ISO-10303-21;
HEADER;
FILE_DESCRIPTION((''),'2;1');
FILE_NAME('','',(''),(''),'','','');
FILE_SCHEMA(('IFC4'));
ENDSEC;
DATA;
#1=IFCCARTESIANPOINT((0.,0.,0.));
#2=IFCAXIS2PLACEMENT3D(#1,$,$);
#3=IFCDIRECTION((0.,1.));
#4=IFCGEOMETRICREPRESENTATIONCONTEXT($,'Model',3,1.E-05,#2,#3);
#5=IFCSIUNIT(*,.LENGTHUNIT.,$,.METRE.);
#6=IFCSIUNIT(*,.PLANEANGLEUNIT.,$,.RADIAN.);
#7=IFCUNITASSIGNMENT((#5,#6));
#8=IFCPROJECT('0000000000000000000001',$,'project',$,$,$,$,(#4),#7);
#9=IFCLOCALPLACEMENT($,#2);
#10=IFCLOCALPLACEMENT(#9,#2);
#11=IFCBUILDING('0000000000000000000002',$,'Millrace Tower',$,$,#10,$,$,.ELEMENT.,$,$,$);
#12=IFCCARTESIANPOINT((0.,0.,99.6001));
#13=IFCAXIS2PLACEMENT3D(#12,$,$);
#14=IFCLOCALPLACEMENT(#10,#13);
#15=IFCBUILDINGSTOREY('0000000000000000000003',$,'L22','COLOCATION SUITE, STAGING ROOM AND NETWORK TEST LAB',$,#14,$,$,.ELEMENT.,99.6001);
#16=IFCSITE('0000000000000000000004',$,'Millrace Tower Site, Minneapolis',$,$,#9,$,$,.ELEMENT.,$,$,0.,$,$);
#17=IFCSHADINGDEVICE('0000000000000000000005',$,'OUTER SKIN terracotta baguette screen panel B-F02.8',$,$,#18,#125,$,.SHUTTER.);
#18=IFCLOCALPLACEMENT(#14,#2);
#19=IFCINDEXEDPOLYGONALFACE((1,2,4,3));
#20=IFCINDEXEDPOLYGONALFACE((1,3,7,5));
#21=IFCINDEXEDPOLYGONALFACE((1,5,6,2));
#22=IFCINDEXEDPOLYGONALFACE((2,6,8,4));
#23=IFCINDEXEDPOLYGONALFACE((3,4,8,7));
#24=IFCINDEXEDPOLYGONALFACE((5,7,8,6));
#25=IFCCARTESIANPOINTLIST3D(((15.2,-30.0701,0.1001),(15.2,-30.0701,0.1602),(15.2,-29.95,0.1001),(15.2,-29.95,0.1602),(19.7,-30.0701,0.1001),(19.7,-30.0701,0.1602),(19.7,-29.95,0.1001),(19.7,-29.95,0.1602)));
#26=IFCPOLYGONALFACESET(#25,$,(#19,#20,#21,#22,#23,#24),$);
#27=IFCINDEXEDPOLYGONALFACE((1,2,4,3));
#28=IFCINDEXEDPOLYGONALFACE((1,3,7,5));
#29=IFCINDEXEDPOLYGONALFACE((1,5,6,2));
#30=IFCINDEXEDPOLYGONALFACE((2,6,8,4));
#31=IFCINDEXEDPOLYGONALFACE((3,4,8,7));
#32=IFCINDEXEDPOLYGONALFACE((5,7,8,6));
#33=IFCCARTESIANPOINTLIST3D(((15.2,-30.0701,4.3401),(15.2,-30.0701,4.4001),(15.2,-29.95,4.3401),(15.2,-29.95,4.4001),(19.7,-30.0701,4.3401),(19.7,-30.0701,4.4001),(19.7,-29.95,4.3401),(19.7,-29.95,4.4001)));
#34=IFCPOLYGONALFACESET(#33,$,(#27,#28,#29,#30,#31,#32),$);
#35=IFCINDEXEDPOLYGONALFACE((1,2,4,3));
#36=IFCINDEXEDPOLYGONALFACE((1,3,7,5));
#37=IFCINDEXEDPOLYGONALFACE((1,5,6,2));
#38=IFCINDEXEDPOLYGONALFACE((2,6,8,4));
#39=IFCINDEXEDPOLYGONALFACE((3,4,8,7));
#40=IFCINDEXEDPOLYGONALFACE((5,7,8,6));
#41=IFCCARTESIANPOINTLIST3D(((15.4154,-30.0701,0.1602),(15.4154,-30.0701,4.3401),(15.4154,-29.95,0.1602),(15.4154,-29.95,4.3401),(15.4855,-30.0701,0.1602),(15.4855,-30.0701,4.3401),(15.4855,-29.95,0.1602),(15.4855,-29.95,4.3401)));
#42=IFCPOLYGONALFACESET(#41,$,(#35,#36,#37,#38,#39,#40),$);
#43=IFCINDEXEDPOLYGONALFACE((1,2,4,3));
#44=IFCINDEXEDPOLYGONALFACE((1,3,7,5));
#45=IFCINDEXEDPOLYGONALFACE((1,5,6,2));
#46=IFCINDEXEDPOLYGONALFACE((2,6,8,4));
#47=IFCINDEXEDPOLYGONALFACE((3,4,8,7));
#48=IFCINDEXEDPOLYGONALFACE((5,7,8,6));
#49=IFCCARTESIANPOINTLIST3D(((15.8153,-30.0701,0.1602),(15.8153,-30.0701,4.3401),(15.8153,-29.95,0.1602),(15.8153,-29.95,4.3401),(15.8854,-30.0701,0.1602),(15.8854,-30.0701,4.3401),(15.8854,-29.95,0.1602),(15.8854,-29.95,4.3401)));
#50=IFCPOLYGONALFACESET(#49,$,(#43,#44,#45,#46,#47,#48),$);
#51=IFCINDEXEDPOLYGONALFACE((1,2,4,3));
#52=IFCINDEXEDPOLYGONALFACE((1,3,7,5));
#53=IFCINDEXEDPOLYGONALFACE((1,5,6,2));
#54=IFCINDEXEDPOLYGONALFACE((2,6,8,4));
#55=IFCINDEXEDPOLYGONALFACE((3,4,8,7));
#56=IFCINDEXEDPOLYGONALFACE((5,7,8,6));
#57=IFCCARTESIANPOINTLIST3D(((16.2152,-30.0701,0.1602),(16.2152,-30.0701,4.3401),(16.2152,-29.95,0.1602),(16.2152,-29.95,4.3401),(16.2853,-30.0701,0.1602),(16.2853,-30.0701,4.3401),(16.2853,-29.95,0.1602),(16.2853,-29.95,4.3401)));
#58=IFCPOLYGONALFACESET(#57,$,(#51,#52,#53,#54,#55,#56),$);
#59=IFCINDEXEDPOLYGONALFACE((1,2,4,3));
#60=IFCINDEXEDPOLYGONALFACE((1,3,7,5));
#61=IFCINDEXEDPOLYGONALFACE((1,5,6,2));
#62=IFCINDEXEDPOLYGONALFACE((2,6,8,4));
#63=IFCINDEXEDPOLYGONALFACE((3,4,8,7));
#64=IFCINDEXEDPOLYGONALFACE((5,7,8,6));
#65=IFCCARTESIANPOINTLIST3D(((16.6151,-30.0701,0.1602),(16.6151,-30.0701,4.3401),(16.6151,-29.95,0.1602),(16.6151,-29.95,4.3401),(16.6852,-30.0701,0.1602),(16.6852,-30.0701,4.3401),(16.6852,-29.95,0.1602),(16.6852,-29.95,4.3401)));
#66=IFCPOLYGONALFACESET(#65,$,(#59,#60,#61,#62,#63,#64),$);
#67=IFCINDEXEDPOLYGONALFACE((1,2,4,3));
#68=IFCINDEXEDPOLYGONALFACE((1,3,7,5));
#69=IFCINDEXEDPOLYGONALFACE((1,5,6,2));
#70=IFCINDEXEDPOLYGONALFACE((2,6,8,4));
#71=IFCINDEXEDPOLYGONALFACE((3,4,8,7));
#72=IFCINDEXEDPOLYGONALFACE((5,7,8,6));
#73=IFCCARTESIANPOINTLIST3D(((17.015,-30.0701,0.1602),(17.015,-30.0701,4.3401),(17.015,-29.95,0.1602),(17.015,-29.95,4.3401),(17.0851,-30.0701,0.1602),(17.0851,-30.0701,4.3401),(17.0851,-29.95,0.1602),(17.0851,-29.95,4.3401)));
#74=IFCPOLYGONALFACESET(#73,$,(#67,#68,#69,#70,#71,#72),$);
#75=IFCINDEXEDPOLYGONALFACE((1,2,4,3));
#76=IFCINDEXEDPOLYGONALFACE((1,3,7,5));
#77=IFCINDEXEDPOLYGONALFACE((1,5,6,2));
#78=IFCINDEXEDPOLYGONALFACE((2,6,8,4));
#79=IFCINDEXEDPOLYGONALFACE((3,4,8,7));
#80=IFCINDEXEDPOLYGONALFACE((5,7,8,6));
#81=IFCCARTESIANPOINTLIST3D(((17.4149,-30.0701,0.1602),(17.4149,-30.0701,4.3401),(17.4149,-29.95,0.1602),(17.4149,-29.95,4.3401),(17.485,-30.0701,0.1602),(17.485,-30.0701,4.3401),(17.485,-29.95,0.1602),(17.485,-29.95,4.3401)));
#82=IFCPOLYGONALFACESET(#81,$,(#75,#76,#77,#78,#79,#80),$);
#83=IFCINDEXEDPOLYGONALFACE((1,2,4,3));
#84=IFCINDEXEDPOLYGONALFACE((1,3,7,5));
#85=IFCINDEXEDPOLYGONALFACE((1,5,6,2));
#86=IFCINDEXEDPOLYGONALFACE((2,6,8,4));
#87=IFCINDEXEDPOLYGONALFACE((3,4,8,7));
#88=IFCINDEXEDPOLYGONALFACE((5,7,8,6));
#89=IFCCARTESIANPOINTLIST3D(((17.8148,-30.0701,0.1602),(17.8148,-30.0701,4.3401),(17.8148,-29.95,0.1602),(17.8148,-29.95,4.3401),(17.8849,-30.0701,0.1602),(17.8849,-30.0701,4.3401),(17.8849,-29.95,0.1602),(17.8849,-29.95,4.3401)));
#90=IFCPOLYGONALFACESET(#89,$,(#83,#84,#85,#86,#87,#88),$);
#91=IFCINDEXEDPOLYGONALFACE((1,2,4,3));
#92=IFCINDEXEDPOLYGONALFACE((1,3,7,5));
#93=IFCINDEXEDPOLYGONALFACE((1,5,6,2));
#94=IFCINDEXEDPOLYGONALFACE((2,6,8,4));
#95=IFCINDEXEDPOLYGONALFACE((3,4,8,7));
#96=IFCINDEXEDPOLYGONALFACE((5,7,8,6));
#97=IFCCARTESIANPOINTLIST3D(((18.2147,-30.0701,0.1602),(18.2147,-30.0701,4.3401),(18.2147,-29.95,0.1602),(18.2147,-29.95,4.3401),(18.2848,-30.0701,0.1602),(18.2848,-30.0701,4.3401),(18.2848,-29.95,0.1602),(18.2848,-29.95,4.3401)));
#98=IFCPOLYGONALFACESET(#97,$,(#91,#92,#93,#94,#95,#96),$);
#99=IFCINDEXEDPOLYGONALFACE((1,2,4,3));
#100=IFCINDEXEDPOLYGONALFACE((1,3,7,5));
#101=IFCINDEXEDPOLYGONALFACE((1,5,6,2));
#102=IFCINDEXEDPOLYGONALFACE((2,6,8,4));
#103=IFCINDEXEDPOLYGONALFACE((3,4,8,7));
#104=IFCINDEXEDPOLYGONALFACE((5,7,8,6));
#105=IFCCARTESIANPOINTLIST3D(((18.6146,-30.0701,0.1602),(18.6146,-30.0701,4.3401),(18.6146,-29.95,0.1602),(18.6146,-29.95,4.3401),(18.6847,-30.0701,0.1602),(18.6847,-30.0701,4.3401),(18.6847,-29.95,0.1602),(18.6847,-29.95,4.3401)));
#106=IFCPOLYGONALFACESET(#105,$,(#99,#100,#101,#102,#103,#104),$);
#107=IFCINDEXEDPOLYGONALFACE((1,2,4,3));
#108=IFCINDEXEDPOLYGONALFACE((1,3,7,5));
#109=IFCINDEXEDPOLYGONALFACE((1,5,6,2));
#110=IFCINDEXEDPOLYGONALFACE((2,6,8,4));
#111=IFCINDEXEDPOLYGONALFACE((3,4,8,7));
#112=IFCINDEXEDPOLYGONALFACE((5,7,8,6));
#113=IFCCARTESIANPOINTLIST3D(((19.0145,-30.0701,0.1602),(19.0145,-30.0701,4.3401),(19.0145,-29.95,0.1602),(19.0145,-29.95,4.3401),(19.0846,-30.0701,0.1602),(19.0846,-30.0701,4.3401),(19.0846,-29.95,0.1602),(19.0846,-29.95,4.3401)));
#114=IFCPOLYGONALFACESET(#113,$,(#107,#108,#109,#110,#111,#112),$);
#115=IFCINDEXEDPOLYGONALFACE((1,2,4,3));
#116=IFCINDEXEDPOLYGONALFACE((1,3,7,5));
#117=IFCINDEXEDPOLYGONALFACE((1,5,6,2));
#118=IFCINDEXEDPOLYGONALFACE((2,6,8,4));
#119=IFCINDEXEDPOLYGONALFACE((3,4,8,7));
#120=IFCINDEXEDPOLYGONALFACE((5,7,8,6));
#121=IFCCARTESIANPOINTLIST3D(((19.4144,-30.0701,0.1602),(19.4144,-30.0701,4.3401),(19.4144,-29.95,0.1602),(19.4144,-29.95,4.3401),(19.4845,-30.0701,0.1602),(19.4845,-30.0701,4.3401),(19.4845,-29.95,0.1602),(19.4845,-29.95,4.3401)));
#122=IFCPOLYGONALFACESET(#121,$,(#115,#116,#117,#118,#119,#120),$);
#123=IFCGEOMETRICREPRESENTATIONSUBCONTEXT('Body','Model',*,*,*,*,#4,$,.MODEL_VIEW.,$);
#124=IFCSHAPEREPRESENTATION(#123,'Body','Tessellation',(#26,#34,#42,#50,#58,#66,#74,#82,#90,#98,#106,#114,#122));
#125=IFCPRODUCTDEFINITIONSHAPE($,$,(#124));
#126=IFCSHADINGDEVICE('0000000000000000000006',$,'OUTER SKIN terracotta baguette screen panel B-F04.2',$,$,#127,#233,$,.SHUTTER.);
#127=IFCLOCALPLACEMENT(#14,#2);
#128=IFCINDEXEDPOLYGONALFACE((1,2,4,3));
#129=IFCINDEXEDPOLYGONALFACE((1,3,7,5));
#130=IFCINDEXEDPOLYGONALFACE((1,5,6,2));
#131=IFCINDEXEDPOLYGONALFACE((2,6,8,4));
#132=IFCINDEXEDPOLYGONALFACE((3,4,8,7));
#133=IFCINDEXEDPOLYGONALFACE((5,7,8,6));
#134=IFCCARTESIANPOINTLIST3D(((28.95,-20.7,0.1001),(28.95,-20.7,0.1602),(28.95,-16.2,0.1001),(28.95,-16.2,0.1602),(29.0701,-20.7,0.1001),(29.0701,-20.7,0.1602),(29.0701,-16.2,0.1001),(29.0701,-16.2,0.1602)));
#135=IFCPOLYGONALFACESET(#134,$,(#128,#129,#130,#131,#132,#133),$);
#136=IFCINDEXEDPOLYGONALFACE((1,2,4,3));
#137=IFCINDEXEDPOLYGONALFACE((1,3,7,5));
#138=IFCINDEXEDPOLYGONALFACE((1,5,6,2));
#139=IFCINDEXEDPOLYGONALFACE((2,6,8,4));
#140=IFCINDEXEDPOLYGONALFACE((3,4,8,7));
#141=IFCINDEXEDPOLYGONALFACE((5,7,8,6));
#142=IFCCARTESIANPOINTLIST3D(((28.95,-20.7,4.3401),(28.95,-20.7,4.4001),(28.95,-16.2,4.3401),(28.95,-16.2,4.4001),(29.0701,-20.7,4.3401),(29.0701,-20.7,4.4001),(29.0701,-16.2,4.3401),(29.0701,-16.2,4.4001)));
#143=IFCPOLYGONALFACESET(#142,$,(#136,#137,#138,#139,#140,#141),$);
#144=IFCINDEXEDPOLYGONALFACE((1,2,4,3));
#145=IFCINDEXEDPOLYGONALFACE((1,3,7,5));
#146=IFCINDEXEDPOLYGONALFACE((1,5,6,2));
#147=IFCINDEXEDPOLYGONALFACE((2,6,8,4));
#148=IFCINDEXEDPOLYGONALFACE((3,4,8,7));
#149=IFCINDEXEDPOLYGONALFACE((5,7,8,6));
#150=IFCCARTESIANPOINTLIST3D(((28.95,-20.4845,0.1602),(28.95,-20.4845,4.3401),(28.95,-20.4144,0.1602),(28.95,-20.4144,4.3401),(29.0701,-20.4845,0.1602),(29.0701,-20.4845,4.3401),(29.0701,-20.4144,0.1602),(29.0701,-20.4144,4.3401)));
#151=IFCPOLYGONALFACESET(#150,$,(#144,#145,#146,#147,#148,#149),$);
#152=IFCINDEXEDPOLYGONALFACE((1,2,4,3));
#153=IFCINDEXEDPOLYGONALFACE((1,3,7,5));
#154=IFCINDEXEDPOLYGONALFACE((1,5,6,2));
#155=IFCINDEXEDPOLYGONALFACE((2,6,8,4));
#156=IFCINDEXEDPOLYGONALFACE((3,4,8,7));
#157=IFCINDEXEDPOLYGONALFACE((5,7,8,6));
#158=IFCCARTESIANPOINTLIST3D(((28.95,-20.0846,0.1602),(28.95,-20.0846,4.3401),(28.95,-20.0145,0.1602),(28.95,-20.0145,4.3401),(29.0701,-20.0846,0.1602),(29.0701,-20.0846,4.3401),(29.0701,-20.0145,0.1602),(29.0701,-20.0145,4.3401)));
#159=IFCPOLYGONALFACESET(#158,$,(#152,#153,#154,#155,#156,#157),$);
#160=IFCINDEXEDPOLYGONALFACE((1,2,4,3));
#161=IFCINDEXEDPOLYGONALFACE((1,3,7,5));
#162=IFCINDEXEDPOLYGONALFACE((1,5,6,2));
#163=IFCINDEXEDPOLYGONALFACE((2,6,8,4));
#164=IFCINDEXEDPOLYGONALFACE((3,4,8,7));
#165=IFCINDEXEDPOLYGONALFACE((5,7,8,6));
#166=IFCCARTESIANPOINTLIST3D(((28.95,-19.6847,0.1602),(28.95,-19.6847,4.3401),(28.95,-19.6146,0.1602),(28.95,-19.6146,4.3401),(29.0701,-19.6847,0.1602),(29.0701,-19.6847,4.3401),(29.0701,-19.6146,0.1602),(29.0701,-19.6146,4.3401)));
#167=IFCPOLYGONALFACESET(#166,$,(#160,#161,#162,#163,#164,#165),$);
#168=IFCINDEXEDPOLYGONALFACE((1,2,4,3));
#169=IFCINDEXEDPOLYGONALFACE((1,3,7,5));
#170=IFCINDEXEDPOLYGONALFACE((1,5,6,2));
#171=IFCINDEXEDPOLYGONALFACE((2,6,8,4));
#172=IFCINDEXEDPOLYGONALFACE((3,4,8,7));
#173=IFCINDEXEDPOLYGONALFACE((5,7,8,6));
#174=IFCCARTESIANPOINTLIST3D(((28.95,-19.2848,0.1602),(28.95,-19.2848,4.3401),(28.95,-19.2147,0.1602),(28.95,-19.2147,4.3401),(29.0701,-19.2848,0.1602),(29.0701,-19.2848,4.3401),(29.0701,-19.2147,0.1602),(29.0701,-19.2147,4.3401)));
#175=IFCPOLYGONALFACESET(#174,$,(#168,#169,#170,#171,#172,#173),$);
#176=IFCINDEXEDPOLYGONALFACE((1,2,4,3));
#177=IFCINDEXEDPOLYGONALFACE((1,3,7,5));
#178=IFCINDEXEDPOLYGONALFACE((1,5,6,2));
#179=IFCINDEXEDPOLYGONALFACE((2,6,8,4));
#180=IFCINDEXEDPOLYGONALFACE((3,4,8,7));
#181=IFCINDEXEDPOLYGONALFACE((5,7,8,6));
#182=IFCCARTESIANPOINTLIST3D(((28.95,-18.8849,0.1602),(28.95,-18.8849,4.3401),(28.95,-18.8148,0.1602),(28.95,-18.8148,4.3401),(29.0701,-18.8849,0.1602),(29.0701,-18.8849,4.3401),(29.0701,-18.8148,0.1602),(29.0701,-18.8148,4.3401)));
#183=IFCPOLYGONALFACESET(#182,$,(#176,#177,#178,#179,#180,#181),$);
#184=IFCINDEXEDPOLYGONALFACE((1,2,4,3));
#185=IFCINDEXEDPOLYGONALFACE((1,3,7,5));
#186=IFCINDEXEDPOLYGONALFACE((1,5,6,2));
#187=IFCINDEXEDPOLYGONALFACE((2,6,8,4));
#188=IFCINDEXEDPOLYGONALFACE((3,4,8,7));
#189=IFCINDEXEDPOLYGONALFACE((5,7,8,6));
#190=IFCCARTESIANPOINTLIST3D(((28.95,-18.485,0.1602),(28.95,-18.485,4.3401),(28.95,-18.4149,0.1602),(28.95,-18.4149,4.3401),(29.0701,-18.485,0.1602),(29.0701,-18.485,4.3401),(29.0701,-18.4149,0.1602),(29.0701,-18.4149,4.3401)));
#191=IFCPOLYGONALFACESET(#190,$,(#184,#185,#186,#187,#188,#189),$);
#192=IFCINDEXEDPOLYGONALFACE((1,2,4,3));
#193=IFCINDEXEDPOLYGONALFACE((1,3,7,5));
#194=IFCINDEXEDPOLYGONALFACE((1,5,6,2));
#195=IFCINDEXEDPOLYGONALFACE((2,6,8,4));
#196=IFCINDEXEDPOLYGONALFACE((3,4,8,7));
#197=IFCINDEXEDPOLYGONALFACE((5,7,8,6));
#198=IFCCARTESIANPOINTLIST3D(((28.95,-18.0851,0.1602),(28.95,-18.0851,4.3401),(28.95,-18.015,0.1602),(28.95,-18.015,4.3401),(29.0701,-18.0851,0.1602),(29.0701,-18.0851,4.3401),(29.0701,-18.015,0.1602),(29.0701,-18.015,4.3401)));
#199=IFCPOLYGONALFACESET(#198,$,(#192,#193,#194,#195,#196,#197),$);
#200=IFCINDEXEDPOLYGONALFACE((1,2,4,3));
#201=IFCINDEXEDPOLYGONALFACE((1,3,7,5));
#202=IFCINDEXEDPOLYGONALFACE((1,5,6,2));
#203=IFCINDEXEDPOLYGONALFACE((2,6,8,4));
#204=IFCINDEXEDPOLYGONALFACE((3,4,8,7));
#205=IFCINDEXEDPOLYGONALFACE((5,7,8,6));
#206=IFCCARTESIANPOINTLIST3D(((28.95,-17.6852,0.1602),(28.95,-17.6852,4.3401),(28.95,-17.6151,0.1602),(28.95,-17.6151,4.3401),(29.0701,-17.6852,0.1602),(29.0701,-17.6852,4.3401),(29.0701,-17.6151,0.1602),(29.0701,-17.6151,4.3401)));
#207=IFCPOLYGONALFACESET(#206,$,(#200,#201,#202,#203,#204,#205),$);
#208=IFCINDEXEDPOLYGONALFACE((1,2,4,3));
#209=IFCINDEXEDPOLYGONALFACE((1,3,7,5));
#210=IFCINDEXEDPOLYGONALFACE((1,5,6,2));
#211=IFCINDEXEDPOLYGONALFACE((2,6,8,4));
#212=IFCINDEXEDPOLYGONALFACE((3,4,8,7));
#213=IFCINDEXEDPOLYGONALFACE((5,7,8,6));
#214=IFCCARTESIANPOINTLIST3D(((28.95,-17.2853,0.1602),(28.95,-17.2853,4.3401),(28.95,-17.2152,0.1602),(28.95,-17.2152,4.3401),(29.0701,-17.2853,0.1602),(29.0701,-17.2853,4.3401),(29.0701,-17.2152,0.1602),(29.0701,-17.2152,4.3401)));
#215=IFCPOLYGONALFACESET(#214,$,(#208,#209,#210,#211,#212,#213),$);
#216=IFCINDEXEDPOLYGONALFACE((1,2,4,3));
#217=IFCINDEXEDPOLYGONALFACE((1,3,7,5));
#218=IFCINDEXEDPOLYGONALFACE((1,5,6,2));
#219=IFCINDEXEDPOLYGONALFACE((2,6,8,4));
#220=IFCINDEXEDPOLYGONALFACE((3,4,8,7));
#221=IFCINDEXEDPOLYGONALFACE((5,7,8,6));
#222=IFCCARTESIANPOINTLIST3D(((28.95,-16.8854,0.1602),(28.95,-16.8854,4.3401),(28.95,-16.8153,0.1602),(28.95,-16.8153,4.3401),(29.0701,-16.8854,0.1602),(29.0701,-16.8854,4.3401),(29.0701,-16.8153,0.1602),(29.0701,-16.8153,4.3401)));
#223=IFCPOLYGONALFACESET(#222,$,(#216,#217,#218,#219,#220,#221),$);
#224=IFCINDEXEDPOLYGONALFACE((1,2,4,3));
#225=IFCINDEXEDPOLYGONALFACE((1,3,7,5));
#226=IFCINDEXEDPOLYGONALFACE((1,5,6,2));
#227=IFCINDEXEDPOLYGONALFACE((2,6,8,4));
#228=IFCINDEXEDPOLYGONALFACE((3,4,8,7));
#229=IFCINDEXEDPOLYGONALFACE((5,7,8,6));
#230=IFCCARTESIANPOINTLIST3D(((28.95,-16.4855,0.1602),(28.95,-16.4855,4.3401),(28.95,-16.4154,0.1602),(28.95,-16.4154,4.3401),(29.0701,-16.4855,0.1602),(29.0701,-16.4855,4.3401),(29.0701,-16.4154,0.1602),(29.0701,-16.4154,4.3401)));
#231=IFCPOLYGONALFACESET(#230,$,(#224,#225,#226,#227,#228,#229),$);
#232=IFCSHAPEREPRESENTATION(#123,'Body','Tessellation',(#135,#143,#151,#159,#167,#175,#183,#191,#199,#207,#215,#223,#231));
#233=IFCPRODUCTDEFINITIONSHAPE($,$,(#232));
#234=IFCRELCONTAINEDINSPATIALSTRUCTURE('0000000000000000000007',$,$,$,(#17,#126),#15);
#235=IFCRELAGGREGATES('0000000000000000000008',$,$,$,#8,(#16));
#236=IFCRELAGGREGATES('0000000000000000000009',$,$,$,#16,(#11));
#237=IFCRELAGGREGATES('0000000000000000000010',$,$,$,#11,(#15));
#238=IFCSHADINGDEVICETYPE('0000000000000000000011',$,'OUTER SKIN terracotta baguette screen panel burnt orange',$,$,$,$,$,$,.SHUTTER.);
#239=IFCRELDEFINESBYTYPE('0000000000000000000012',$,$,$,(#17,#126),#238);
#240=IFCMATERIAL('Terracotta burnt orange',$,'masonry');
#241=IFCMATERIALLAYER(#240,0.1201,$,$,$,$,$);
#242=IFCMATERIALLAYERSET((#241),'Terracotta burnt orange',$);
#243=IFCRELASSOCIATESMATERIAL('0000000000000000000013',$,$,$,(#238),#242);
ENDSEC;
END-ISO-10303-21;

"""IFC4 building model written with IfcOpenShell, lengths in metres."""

from ifc_helpers import new_model, entity, si_unit, direction, frame, frame_2d, origin, origin_2d, place, context, subcontext, project, spatial, rectangle, extrude, source, transform, mapped, material, layer, layer_set, type_object, element, save


model = new_model("IFC4")

# Units and contexts
model_context = context("Model", 3, precision=1e-05, world=origin(), true_north=direction((0.0, 1.0)))
body_context = subcontext(model_context, "Body", "Model", "MODEL_VIEW")
ifc_project = project(units=[si_unit("LENGTHUNIT", "METRE"), si_unit("PLANEANGLEUNIT", "RADIAN")], contexts=[model_context])

# Site, building, storey
site_placement = place(None, origin())
site = spatial("IfcSite", under=ifc_project, at=site_placement, Name="Millrace Tower Site, Minneapolis", CompositionType="ELEMENT", RefElevation=0.0)
building_placement = place(site_placement, origin())
building = spatial("IfcBuilding", under=site, at=building_placement, Name="Millrace Tower", CompositionType="ELEMENT")
storey_placement = place(building_placement, frame((0.0, 0.0, 99.6001)))
storey = spatial("IfcBuildingStorey", under=building, at=storey_placement, Name="L22", Description="COLOCATION SUITE, STAGING ROOM AND NETWORK TEST LAB", CompositionType="ELEMENT", Elevation=99.6001)

# Shading devices
ifc_material_1 = material(Name="Terracotta burnt orange", Category="masonry")
ifc_layer_1 = layer(ifc_material_1, 0.1201)
ifc_layer_set_1 = layer_set([ifc_layer_1], Name="Terracotta burnt orange")
shading_device_type = type_object("IfcShadingDeviceType", Name="OUTER SKIN terracotta baguette screen panel burnt orange", PredefinedType="SHUTTER", material=ifc_layer_set_1)
cartesian_point_1 = entity("IfcCartesianPoint", [-2.25, 0.0601])
shared_polyline_1 = entity("IfcPolyline", [cartesian_point_1, entity("IfcCartesianPoint", [2.25, 0.0601]), entity("IfcCartesianPoint", [2.25, -0.0601]), entity("IfcCartesianPoint", [-2.25, -0.0601]), cartesian_point_1])
shared_shape_1 = source(origin(), body_context, "Body", "SweptSolid", [
    entity("IfcExtrudedAreaSolid", entity("IfcArbitraryClosedProfileDef", "AREA", None, shared_polyline_1), entity("IfcAxis2Placement3D", entity("IfcCartesianPoint", [0.0, 0.0, 0.0])), entity("IfcDirection", [0.0, 0.0, 1.0]), 0.0601),
    entity("IfcExtrudedAreaSolid", entity("IfcArbitraryClosedProfileDef", "AREA", None, shared_polyline_1), entity("IfcAxis2Placement3D", entity("IfcCartesianPoint", [0.0, 0.0, 4.24])), entity("IfcDirection", [0.0, 0.0, 1.0]), 0.0601),
    extrude(rectangle(XDim=0.0701, YDim=0.1201, at=frame_2d((-1.9995, 0.0))), frame((0.0, 0.0, 0.0601)), (0.0, 0.0, 1.0), 4.1799),
    extrude(rectangle(XDim=0.0701, YDim=0.1201, at=frame_2d((-1.5996, 0.0))), frame((0.0, 0.0, 0.0601)), (0.0, 0.0, 1.0), 4.1799),
    extrude(rectangle(XDim=0.0701, YDim=0.1201, at=frame_2d((-1.1997, 0.0))), frame((0.0, 0.0, 0.0601)), (0.0, 0.0, 1.0), 4.1799),
    extrude(rectangle(XDim=0.0701, YDim=0.1201, at=frame_2d((-0.7998, 0.0))), frame((0.0, 0.0, 0.0601)), (0.0, 0.0, 1.0), 4.1799),
    extrude(rectangle(XDim=0.0701, YDim=0.1201, at=frame_2d((-0.3999, 0.0))), frame((0.0, 0.0, 0.0601)), (0.0, 0.0, 1.0), 4.1799),
    extrude(rectangle(XDim=0.0701, YDim=0.1201, at=origin_2d()), frame((0.0, 0.0, 0.0601)), (0.0, 0.0, 1.0), 4.1799),
    extrude(rectangle(XDim=0.0701, YDim=0.1201, at=frame_2d((0.3999, 0.0))), frame((0.0, 0.0, 0.0601)), (0.0, 0.0, 1.0), 4.1799),
    extrude(rectangle(XDim=0.0701, YDim=0.1201, at=frame_2d((0.7998, 0.0))), frame((0.0, 0.0, 0.0601)), (0.0, 0.0, 1.0), 4.1799),
    extrude(rectangle(XDim=0.0701, YDim=0.1201, at=frame_2d((1.1997, 0.0))), frame((0.0, 0.0, 0.0601)), (0.0, 0.0, 1.0), 4.1799),
    extrude(rectangle(XDim=0.0701, YDim=0.1201, at=frame_2d((1.5996, 0.0))), frame((0.0, 0.0, 0.0601)), (0.0, 0.0, 1.0), 4.1799),
    extrude(rectangle(XDim=0.0701, YDim=0.1201, at=frame_2d((1.9995, 0.0))), frame((0.0, 0.0, 0.0601)), (0.0, 0.0, 1.0), 4.1799),
])
for number, where, z_axis, x_axis, name in (
    (1, (17.45, -30.01, 0.1001), (0.0, 0.0, 1.0), (1.0, 0.0, 0.0), "OUTER SKIN terracotta baguette screen panel B-F02.8"),
    (2, (29.01, -18.45, 0.1001), (0.0, 0.0, 1.0), (0.0, 1.0, 0.0), "OUTER SKIN terracotta baguette screen panel B-F04.2"),
):
    element("IfcShadingDevice", number, at=place(storey_placement, frame(where, z_axis=z_axis, x_axis=x_axis)), inside=storey, type_object=shading_device_type, Name=name, PredefinedType="SHUTTER", context=body_context, shape_type="MappedRepresentation", body=[
        mapped(shared_shape_1, transform((0.0, 0.0, 0.0), scale=1.0)),
    ])

save(model, "model.ifc")
